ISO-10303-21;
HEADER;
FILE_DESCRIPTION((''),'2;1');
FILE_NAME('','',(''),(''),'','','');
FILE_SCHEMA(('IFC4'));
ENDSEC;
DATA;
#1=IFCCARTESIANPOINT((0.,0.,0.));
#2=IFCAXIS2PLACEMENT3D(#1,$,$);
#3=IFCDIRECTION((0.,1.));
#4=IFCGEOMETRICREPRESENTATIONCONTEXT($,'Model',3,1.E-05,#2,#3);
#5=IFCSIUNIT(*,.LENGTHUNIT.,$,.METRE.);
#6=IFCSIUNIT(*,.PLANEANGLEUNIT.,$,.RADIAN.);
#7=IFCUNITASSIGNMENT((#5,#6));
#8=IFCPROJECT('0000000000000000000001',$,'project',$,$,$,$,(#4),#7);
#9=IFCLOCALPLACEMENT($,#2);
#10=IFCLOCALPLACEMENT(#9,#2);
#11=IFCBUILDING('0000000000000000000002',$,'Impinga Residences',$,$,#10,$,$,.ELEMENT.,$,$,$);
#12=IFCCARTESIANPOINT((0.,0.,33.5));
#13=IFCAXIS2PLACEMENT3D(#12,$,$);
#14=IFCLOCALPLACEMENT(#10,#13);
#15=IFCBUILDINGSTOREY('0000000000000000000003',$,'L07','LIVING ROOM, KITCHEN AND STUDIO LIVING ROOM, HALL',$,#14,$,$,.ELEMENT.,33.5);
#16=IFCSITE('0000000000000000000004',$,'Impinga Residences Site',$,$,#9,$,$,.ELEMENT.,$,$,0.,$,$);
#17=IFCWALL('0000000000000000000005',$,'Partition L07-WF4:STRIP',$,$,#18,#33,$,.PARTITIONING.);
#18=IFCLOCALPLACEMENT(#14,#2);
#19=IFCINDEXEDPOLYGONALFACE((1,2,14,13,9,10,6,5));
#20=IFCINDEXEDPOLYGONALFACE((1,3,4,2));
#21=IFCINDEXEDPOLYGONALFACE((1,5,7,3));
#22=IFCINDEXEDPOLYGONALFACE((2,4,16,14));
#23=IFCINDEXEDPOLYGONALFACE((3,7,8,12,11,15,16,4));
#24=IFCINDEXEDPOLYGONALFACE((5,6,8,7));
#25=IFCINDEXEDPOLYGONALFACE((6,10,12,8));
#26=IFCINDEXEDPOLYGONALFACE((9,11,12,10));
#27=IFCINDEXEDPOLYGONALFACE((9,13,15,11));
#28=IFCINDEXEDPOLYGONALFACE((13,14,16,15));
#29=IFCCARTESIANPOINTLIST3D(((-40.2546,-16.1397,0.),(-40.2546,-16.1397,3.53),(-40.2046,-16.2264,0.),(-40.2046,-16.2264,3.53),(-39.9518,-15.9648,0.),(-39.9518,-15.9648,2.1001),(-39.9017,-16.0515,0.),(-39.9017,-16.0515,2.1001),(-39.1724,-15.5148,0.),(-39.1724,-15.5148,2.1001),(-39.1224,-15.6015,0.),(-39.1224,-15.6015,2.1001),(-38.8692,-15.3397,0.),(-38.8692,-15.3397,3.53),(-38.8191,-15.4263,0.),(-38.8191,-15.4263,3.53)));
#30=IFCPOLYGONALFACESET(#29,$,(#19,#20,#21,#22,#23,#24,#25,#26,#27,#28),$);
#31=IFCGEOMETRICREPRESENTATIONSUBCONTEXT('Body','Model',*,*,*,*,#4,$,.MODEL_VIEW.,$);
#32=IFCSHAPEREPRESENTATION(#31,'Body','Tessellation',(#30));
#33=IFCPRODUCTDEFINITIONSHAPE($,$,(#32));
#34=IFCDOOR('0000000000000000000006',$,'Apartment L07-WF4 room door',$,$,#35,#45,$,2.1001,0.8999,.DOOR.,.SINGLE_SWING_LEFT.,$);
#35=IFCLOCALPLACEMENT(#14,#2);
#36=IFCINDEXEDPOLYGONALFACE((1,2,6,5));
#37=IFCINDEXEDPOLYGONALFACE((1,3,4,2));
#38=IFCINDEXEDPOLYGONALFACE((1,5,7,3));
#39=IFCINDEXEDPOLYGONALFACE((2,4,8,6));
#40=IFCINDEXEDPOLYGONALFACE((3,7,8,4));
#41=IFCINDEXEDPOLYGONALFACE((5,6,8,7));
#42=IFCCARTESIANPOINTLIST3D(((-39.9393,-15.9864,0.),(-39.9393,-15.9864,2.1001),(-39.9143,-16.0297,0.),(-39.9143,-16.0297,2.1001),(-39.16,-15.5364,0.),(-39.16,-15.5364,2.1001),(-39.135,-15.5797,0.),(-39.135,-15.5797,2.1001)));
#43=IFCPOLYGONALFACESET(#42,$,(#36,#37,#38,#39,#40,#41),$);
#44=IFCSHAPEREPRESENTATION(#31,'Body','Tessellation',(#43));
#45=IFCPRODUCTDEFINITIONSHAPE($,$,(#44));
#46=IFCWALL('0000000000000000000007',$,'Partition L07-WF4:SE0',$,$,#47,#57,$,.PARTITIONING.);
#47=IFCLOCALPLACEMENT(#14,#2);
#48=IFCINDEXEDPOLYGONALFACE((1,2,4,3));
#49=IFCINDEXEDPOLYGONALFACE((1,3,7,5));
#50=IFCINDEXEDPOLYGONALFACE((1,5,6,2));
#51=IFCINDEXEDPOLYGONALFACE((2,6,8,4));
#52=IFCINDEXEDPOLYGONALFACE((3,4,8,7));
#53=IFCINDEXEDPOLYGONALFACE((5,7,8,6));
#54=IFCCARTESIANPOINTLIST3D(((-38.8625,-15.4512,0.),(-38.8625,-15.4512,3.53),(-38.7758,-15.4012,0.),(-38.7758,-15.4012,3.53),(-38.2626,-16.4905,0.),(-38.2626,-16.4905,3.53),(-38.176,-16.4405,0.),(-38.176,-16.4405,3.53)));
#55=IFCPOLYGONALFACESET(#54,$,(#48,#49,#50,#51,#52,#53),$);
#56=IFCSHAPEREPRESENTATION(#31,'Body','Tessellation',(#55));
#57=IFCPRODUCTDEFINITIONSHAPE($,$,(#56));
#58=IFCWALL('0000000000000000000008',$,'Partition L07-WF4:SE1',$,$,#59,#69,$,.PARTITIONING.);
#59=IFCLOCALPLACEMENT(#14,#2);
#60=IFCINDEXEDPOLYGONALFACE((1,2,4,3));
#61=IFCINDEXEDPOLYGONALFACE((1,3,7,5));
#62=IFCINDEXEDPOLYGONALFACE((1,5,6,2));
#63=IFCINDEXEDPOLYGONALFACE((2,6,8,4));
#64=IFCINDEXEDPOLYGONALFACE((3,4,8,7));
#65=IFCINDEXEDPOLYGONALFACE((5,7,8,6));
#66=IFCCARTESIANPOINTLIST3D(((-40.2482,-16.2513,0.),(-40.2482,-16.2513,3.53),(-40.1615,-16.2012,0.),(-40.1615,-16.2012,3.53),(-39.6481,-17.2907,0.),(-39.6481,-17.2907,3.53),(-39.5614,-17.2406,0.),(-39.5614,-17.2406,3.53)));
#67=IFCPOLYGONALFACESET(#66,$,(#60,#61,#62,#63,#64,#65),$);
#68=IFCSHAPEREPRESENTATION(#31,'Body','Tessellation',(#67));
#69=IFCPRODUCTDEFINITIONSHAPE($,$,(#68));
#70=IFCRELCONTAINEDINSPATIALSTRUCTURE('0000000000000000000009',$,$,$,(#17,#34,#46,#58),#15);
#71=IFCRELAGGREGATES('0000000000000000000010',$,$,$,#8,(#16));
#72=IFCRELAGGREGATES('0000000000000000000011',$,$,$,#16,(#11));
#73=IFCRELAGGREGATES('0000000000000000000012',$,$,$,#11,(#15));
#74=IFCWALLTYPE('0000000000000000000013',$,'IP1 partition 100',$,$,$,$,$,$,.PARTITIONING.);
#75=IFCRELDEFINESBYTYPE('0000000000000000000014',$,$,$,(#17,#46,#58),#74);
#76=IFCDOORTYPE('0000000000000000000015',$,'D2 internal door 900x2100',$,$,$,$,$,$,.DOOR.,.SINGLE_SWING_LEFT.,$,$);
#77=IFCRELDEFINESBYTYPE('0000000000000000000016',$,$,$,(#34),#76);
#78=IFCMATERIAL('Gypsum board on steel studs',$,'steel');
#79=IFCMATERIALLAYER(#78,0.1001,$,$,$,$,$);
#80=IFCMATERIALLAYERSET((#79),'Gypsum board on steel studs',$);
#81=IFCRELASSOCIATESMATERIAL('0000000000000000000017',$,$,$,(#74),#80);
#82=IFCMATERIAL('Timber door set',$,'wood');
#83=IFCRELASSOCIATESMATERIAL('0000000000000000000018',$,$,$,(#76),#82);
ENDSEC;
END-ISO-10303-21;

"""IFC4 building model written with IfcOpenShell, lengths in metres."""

from ifc_helpers import new_model, si_unit, direction, frame, frame_2d, origin, place, context, subcontext, project, spatial, rectangle, extrude, material, layer, layer_set, type_object, element, fill, save


model = new_model("IFC4")

# Units and contexts
model_context = context("Model", 3, precision=1e-05, world=origin(), true_north=direction((0.0, 1.0)))
body_context = subcontext(model_context, "Body", "Model", "MODEL_VIEW")
ifc_project = project(units=[si_unit("LENGTHUNIT", "METRE"), si_unit("PLANEANGLEUNIT", "RADIAN")], contexts=[model_context])

# Site, building, storey
site_placement = place(None, origin())
site = spatial("IfcSite", under=ifc_project, at=site_placement, Name="Impinga Residences Site", CompositionType="ELEMENT", RefElevation=0.0)
building_placement = place(site_placement, origin())
building = spatial("IfcBuilding", under=site, at=building_placement, Name="Impinga Residences", CompositionType="ELEMENT")
storey_placement = place(building_placement, frame((0.0, 0.0, 33.5)))
storey = spatial("IfcBuildingStorey", under=building, at=storey_placement, Name="L07", Description="LIVING ROOM, KITCHEN AND STUDIO LIVING ROOM, HALL", CompositionType="ELEMENT", Elevation=33.5)

# Shared definitions
ifc_material_1 = material(Name="Gypsum board on steel studs", Category="steel")
ifc_layer_1 = layer(ifc_material_1, 0.1001)
ifc_layer_set_1 = layer_set([ifc_layer_1], Name="Gypsum board on steel studs")
wall_type_1 = type_object("IfcWallType", Name="IP1 partition 100", PredefinedType="PARTITIONING", material=ifc_layer_set_1)

# Wall, opening, door
wall_1_placement = place(storey_placement, frame((-38.8442, -15.3831, 0.0), z_axis=(0.0, 0.0, 1.0), x_axis=(-0.86599, -0.500061, 0.0)))
wall_1 = element("IfcWall", 1, at=wall_1_placement, inside=storey, type_object=wall_type_1, Name="Partition L07-WF4:STRIP", PredefinedType="PARTITIONING", context=body_context, shape_type="SweptSolid", body=[
    extrude(rectangle(XDim=1.5999, YDim=0.1001, at=frame_2d((0.7998, 0.0))), origin(), (0.0, 0.0, 1.0), 3.53),
])
opening_1_placement = place(wall_1_placement, frame((0.3501, 0.0, 0.0)))
opening_1 = element("IfcOpeningElement", 2, at=opening_1_placement, cuts=wall_1, PredefinedType="OPENING", context=body_context, shape_type="SweptSolid", body=[
    extrude(rectangle(XDim=0.8999, YDim=2.1001, at=frame_2d((0.45, 1.05))), frame((0.0, 0.0601, 0.0), z_axis=(0.0, -1.0, 0.0), x_axis=(1.0, 0.0, 0.0)), (0.0, 0.0, 1.0), 0.1201),
])
ifc_material_2 = material(Name="Timber door set", Category="wood")
door_type = type_object("IfcDoorType", Name="D2 internal door 900x2100", OperationType="SINGLE_SWING_LEFT", PredefinedType="DOOR", material=ifc_material_2)
door_placement = place(opening_1_placement, origin())
door = element("IfcDoor", 3, at=door_placement, inside=storey, type_object=door_type, Name="Apartment L07-WF4 room door", OperationType="SINGLE_SWING_LEFT", OverallHeight=2.1001, OverallWidth=0.8999, PredefinedType="DOOR", context=body_context, shape_type="SweptSolid", body=[
    extrude(rectangle(XDim=0.8999, YDim=2.1001, at=frame_2d((0.45, 1.05))), frame((0.0, 0.0249, 0.0), z_axis=(0.0, -1.0, 0.0), x_axis=(1.0, 0.0, 0.0)), (0.0, 0.0, 1.0), 0.05),
])
fill(opening_1, door)

# Walls
wall_2_placement = place(storey_placement, frame((-38.2192, -16.4656, 0.0), z_axis=(0.0, 0.0, 1.0), x_axis=(-0.499881, 0.866094, 0.0)))
element("IfcWall", 4, at=wall_2_placement, inside=storey, type_object=wall_type_1, Name="Partition L07-WF4:SE0", PredefinedType="PARTITIONING", context=body_context, shape_type="SweptSolid", body=[
    extrude(rectangle(XDim=1.2, YDim=0.1001, at=frame_2d((0.6001, 0.0))), origin(), (0.0, 0.0, 1.0), 3.53),
])
wall_3_placement = place(storey_placement, frame((-39.6047, -17.2656, 0.0), z_axis=(0.0, 0.0, 1.0), x_axis=(-0.500034, 0.866006, 0.0)))
element("IfcWall", 5, at=wall_3_placement, inside=storey, type_object=wall_type_1, Name="Partition L07-WF4:SE1", PredefinedType="PARTITIONING", context=body_context, shape_type="SweptSolid", body=[
    extrude(rectangle(XDim=1.2002, YDim=0.1001, at=frame_2d((0.6001, 0.0))), origin(), (0.0, 0.0, 1.0), 3.53),
])

save(model, "model.ifc")
